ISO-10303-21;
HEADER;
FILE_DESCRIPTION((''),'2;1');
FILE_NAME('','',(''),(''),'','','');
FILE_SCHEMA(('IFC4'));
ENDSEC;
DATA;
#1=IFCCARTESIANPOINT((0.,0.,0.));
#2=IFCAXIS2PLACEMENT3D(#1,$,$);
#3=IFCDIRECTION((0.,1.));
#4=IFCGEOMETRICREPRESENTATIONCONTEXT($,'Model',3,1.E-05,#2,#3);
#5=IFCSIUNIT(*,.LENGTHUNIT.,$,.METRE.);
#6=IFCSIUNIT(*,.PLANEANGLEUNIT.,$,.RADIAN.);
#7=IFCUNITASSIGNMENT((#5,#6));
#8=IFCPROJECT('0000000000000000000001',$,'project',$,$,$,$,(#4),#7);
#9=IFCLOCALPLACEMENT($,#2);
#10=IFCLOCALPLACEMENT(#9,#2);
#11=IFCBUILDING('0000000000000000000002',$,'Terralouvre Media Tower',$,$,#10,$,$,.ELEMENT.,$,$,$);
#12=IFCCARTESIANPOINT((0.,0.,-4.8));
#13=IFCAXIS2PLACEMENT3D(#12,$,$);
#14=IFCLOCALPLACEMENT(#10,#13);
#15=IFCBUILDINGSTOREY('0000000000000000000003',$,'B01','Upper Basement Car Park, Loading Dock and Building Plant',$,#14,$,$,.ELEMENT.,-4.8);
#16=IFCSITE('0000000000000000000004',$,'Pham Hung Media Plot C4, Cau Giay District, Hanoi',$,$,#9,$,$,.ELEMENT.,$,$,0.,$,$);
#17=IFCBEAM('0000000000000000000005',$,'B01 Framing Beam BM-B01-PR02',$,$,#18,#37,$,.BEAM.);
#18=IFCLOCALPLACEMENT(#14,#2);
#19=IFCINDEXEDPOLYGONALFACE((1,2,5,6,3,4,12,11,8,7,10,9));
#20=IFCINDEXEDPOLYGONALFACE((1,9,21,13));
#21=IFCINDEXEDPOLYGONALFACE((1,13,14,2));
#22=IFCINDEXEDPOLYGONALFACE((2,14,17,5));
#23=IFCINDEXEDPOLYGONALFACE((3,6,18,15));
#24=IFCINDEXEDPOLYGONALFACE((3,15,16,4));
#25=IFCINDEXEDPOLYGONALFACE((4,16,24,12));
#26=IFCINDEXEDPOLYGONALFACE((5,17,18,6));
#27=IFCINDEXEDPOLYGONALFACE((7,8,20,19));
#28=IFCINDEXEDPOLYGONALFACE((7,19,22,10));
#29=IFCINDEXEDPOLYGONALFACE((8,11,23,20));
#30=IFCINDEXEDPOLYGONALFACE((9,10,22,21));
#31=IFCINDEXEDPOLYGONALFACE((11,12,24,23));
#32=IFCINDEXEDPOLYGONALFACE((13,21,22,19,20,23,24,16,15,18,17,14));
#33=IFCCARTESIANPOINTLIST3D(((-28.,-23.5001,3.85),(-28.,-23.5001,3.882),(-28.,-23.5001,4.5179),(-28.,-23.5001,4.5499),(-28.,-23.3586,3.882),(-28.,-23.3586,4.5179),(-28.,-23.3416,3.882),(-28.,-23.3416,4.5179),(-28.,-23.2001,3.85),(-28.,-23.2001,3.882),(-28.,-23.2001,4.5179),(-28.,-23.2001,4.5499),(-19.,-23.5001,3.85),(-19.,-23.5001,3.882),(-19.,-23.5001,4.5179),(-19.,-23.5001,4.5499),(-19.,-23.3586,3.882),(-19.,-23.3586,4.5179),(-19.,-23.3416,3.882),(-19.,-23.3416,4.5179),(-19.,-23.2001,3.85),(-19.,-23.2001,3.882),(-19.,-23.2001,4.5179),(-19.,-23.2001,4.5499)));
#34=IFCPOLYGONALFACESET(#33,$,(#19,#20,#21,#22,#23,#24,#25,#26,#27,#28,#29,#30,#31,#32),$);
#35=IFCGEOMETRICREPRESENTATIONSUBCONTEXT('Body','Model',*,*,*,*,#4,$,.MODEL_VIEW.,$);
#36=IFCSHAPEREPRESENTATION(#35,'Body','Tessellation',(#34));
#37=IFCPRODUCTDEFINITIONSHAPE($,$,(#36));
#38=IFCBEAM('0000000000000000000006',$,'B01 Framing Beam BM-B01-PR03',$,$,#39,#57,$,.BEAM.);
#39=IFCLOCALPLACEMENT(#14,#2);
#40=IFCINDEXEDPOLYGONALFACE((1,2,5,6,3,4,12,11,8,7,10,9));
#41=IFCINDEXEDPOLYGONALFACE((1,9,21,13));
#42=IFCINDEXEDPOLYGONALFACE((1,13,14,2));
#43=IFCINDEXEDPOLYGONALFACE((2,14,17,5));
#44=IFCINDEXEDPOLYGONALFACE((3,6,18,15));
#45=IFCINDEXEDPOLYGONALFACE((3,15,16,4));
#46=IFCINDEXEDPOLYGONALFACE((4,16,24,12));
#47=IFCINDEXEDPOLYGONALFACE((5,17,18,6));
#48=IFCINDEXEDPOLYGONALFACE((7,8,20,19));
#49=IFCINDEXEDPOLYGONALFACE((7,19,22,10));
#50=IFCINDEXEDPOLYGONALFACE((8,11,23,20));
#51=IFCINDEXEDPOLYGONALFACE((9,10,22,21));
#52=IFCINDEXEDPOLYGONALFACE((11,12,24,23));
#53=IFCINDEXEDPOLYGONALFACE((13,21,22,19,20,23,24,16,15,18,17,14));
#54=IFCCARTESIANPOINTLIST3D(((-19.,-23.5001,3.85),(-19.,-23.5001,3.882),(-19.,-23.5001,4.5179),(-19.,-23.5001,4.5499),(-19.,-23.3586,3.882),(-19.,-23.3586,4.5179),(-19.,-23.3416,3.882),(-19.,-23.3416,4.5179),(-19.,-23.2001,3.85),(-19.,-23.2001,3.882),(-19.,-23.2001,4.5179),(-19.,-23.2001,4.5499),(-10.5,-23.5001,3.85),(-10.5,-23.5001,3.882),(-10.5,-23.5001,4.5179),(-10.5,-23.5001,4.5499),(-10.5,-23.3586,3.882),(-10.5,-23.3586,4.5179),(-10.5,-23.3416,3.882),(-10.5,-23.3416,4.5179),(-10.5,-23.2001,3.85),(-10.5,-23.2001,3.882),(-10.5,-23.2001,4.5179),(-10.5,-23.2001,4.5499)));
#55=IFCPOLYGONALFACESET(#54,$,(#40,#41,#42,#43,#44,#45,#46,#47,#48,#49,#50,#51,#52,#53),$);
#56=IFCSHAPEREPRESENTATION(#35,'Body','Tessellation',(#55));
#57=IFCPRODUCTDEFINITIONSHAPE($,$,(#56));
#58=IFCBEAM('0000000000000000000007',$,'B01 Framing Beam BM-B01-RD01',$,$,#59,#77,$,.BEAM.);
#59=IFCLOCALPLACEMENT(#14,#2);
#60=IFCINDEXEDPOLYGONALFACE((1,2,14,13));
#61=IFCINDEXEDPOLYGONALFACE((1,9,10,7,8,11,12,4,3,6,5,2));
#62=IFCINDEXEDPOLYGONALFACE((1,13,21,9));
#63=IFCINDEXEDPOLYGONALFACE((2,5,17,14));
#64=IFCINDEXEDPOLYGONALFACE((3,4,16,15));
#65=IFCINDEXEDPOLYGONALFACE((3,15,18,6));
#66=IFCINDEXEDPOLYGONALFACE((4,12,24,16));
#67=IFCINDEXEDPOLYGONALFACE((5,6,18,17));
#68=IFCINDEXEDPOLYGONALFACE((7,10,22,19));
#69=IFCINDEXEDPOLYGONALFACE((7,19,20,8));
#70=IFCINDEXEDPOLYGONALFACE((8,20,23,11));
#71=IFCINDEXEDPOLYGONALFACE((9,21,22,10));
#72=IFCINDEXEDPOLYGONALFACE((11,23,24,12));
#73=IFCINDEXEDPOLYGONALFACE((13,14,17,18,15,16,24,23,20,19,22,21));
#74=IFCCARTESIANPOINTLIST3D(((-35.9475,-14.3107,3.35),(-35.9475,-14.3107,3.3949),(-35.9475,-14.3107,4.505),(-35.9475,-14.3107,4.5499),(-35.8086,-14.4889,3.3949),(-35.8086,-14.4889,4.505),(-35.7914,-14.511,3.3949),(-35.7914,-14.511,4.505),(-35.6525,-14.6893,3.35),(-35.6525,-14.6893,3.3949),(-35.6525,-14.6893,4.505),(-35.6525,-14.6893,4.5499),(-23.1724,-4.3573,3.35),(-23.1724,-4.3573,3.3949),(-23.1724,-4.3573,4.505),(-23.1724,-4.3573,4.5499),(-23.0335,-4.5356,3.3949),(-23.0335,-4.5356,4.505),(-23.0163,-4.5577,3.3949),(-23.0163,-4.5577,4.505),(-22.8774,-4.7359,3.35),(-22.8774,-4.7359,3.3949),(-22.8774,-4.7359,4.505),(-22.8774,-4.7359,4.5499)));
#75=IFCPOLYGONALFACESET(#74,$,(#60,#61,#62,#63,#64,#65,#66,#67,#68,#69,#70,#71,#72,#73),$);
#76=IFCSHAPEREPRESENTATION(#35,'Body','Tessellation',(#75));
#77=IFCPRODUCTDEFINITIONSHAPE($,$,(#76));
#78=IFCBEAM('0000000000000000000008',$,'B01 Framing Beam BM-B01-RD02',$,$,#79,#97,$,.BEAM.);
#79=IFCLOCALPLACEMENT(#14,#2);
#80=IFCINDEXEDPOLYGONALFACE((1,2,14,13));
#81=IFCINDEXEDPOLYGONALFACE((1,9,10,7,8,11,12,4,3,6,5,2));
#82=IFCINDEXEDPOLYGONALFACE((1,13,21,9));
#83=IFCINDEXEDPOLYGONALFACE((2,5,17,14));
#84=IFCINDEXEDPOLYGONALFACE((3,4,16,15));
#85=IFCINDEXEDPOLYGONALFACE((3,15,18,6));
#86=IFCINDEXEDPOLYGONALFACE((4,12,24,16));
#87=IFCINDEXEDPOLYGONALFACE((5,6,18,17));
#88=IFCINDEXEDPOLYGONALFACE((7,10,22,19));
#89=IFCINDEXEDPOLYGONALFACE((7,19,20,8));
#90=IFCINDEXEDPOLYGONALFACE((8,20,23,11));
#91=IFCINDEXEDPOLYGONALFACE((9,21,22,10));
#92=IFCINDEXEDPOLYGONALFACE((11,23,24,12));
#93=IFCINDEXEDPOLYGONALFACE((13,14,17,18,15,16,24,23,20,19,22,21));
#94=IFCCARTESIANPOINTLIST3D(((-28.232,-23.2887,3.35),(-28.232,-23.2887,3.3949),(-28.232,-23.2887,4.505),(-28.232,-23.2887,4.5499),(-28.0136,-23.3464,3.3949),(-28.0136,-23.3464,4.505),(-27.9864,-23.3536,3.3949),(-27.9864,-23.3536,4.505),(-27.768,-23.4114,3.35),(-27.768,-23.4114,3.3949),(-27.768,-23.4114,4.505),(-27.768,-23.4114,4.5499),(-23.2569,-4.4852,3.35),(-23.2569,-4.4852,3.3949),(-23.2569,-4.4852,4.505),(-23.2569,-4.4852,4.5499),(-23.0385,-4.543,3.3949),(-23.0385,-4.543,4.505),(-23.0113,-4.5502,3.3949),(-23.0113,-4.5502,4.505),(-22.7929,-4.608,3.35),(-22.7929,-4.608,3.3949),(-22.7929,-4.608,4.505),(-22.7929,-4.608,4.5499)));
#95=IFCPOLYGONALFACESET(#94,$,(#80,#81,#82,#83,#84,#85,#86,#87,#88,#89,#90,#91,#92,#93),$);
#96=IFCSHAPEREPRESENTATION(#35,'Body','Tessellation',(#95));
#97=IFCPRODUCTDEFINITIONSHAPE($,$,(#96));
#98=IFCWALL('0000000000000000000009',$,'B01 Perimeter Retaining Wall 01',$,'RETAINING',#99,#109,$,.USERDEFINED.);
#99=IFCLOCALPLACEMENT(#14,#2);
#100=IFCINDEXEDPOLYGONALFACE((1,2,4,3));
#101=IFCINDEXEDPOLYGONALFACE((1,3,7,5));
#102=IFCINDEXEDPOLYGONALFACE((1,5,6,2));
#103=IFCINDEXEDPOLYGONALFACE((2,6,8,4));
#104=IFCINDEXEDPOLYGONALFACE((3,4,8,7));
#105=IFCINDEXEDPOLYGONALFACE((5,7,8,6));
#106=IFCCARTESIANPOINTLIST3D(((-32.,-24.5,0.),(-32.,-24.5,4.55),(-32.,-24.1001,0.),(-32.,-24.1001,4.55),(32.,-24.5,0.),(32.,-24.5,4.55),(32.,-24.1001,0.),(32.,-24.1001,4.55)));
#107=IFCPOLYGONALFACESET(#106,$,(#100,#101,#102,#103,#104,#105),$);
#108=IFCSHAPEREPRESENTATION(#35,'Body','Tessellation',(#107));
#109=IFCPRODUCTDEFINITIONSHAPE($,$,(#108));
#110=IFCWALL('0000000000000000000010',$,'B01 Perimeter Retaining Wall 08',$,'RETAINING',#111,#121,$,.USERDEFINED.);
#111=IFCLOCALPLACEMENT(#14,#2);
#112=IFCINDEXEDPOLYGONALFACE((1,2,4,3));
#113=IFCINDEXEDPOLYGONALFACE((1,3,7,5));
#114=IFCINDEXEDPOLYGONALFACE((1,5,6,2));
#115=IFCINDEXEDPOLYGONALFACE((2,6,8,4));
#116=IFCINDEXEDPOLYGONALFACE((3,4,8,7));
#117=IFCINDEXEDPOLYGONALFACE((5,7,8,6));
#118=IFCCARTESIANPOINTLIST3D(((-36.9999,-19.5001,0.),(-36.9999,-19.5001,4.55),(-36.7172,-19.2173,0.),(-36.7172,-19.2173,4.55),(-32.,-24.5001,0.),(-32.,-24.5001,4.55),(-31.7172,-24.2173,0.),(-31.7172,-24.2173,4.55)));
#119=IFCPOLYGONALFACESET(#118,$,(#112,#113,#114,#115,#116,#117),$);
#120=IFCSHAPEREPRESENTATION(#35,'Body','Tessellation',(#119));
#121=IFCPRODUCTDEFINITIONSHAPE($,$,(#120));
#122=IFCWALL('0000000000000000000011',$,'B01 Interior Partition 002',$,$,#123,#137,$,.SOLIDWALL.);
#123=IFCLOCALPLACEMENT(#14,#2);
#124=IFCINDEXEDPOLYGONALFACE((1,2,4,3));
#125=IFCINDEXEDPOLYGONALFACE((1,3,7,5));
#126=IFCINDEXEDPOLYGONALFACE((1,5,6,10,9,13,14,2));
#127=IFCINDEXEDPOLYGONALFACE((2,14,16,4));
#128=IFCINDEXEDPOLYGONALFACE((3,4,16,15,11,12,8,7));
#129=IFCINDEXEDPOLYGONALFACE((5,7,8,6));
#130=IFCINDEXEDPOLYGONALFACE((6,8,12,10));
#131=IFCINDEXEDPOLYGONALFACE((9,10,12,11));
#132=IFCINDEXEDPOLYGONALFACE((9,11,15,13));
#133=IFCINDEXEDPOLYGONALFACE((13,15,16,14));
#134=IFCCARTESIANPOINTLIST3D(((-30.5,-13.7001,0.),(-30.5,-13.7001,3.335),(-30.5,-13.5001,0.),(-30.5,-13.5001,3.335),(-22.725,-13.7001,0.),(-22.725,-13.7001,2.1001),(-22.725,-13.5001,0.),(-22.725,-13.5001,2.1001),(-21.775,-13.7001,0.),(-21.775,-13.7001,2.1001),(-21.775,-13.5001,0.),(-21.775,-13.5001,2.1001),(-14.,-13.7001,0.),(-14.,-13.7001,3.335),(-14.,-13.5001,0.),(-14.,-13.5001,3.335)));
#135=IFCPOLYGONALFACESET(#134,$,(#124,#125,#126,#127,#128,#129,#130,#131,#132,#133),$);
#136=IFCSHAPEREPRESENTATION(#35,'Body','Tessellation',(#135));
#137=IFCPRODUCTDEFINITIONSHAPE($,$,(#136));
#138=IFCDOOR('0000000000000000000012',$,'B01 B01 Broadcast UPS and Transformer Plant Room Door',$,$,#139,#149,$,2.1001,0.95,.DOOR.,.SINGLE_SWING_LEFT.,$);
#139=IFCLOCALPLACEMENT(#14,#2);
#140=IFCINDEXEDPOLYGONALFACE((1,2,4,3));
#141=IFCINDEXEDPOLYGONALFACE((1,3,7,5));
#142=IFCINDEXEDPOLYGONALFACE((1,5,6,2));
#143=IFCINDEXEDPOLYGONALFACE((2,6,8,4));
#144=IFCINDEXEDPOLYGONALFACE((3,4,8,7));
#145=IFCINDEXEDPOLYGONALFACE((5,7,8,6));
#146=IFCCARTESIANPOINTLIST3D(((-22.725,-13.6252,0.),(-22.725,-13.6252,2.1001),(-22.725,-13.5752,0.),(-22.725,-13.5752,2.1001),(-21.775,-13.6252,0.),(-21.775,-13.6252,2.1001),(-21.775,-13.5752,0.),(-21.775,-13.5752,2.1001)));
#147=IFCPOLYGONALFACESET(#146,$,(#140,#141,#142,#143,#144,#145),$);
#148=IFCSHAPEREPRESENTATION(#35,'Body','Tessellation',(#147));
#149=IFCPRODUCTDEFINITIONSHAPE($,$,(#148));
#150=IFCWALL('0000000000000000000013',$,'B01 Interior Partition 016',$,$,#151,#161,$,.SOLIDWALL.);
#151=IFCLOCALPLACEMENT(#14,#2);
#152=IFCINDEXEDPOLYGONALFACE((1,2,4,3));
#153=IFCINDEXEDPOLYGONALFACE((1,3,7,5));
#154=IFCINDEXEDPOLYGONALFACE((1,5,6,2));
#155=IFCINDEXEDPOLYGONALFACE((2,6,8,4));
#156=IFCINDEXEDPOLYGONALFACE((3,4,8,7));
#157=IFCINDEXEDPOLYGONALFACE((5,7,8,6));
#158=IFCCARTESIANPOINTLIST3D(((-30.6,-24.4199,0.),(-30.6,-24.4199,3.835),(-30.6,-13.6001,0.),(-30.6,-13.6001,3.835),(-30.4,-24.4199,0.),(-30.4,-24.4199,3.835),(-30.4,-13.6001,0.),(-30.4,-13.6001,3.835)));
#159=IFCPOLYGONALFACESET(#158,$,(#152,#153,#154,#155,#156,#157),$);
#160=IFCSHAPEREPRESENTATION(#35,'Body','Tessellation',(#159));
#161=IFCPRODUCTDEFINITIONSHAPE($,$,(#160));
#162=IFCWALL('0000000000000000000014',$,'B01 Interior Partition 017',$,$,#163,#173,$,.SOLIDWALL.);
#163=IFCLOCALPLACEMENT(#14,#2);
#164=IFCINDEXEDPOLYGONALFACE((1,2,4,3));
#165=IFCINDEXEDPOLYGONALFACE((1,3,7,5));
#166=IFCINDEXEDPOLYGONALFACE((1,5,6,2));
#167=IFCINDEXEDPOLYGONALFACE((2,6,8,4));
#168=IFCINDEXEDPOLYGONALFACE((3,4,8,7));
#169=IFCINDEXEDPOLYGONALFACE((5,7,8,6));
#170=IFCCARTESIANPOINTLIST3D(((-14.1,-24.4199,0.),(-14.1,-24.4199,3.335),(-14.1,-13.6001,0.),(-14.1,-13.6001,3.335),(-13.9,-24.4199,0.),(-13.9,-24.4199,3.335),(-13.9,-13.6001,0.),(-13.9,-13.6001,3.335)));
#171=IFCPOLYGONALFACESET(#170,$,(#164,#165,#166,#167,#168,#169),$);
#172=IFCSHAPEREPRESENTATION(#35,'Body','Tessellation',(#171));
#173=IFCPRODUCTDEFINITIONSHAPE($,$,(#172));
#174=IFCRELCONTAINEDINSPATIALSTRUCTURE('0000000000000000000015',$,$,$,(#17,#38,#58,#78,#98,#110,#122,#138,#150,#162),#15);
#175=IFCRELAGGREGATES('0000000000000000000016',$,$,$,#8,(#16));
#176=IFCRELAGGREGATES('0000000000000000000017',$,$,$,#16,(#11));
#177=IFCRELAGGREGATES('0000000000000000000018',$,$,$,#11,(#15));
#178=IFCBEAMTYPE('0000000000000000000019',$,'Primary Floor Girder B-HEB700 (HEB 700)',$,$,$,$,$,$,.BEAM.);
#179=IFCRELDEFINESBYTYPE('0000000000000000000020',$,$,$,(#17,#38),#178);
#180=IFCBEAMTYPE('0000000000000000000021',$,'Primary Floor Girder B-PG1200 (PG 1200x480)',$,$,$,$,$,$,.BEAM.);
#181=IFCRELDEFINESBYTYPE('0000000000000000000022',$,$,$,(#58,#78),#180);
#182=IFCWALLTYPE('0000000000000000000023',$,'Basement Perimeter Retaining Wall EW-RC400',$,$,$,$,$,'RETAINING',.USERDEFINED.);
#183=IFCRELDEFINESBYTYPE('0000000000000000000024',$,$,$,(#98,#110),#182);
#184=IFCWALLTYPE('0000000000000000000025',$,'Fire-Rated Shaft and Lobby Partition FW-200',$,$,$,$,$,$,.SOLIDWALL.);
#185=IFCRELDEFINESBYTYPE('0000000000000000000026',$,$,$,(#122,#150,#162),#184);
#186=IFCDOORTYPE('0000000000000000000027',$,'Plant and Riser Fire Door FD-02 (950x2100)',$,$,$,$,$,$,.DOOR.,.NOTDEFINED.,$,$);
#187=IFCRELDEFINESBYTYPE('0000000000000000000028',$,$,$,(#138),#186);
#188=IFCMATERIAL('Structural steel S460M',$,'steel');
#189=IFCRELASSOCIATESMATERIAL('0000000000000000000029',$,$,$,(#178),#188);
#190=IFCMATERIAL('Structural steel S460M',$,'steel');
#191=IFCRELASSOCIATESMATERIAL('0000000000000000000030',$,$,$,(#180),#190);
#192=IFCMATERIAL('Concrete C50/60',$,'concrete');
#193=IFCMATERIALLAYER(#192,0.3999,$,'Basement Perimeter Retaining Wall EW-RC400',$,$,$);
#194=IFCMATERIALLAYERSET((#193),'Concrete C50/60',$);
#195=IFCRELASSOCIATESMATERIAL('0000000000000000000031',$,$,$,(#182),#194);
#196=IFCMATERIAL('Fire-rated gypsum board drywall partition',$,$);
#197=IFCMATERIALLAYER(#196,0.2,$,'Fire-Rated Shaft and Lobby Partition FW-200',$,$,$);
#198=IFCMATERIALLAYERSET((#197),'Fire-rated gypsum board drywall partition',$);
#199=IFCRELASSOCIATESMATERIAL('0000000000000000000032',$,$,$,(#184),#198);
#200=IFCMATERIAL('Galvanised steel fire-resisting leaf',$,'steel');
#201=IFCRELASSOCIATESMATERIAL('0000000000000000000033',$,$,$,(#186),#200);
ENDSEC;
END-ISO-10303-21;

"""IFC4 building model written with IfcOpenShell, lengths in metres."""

from ifc_helpers import new_model, si_unit, direction, frame, frame_2d, origin, origin_2d, place, context, subcontext, project, spatial, rectangle, i_section, extrude, material, layer, layer_set, material_profile, profile_set, type_object, element, fill, save


model = new_model("IFC4")

# Units and contexts
model_context = context("Model", 3, precision=1e-05, world=origin(), true_north=direction((0.0, 1.0)))
body_context = subcontext(model_context, "Body", "Model", "MODEL_VIEW")
ifc_project = project(units=[si_unit("LENGTHUNIT", "METRE"), si_unit("PLANEANGLEUNIT", "RADIAN")], contexts=[model_context])

# Site, building, storey
site_placement = place(None, origin())
site = spatial("IfcSite", under=ifc_project, at=site_placement, Name="Pham Hung Media Plot C4, Cau Giay District, Hanoi", CompositionType="ELEMENT", RefElevation=0.0)
building_placement = place(site_placement, origin())
building = spatial("IfcBuilding", under=site, at=building_placement, Name="Terralouvre Media Tower", CompositionType="ELEMENT")
storey_placement = place(building_placement, frame((0.0, 0.0, -4.8)))
storey = spatial("IfcBuildingStorey", under=building, at=storey_placement, Name="B01", Description="Upper Basement Car Park, Loading Dock and Building Plant", CompositionType="ELEMENT", Elevation=-4.8)

# Beams
ifc_material_1 = material(Name="Structural steel S460M", Category="steel")
ifc_material_profile_1 = material_profile(ifc_material_1, i_section(OverallWidth=0.3, OverallDepth=0.7, WebThickness=0.0171, FlangeThickness=0.032, at=origin_2d()), Name="HEB 700")
ifc_profile_set_1 = profile_set([ifc_material_profile_1], Name="Structural steel S460M")
beam_type_1 = type_object("IfcBeamType", Name="Primary Floor Girder B-HEB700 (HEB 700)", PredefinedType="BEAM", material=ifc_profile_set_1)
beam_1_placement = place(storey_placement, frame((-28.0, -23.3501, 4.2), z_axis=(1.0, 0.0, 0.0), x_axis=(0.0, 1.0, 0.0)))
element("IfcBeam", 1, at=beam_1_placement, inside=storey, type_object=beam_type_1, Name="B01 Framing Beam BM-B01-PR02", PredefinedType="BEAM", context=body_context, shape_type="SweptSolid", body=[
    extrude(i_section(OverallWidth=0.3, OverallDepth=0.7, WebThickness=0.0171, FlangeThickness=0.032, at=origin_2d()), origin(), (0.0, 0.0, 1.0), 9.0),
])
beam_2_placement = place(storey_placement, frame((-19.0, -23.3501, 4.2), z_axis=(1.0, 0.0, 0.0), x_axis=(0.0, 1.0, 0.0)))
element("IfcBeam", 2, at=beam_2_placement, inside=storey, type_object=beam_type_1, Name="B01 Framing Beam BM-B01-PR03", PredefinedType="BEAM", context=body_context, shape_type="SweptSolid", body=[
    extrude(i_section(OverallWidth=0.3, OverallDepth=0.7, WebThickness=0.0171, FlangeThickness=0.032, at=origin_2d()), origin(), (0.0, 0.0, 1.0), 8.5),
])
ifc_material_2 = material(Name="Structural steel S460M", Category="steel")
ifc_material_profile_2 = material_profile(ifc_material_2, i_section(OverallWidth=0.48, OverallDepth=1.2, WebThickness=0.0281, FlangeThickness=0.0449, at=origin_2d()), Name="PG 1200x480")
ifc_profile_set_2 = profile_set([ifc_material_profile_2], Name="Structural steel S460M")
beam_type_2 = type_object("IfcBeamType", Name="Primary Floor Girder B-PG1200 (PG 1200x480)", PredefinedType="BEAM", material=ifc_profile_set_2)
beam_3_placement = place(storey_placement, frame((-23.0249, -4.5466, 3.95), z_axis=(-0.788839, -0.6146, 0.0), x_axis=(0.6146, -0.788839, 0.0)))
element("IfcBeam", 3, at=beam_3_placement, inside=storey, type_object=beam_type_2, Name="B01 Framing Beam BM-B01-RD01", PredefinedType="BEAM", context=body_context, shape_type="SweptSolid", body=[
    extrude(i_section(OverallWidth=0.48, OverallDepth=1.2, WebThickness=0.0281, FlangeThickness=0.0449, at=origin_2d()), origin(), (0.0, 0.0, 1.0), 16.1948),
])
beam_4_placement = place(storey_placement, frame((-23.0249, -4.5466, 3.95), z_axis=(-0.255783, -0.966734, 0.0), x_axis=(0.966734, -0.255783, 0.0)))
element("IfcBeam", 4, at=beam_4_placement, inside=storey, type_object=beam_type_2, Name="B01 Framing Beam BM-B01-RD02", PredefinedType="BEAM", context=body_context, shape_type="SweptSolid", body=[
    extrude(i_section(OverallWidth=0.48, OverallDepth=1.2, WebThickness=0.0281, FlangeThickness=0.0449, at=origin_2d()), origin(), (0.0, 0.0, 1.0), 19.4504),
])

# Walls
ifc_material_3 = material(Name="Concrete C50/60", Category="concrete")
ifc_layer_1 = layer(ifc_material_3, 0.3999, Name="Basement Perimeter Retaining Wall EW-RC400")
ifc_layer_set_1 = layer_set([ifc_layer_1], Name="Concrete C50/60")
wall_type_1 = type_object("IfcWallType", Name="Basement Perimeter Retaining Wall EW-RC400", ElementType="RETAINING", PredefinedType="USERDEFINED", material=ifc_layer_set_1)
wall_1_placement = place(storey_placement, frame((-32.0, -24.3, 0.0), z_axis=(0.0, 0.0, 1.0), x_axis=(1.0, 0.0, 0.0)))
element("IfcWall", 5, at=wall_1_placement, inside=storey, type_object=wall_type_1, Name="B01 Perimeter Retaining Wall 01", ObjectType="RETAINING", PredefinedType="USERDEFINED", context=body_context, shape_type="SweptSolid", body=[
    extrude(rectangle(XDim=64.0, YDim=0.3999, at=frame_2d((32.0, 0.0))), origin(), (0.0, 0.0, 1.0), 4.55),
])
wall_2_placement = place(storey_placement, frame((-36.8586, -19.3586, 0.0), z_axis=(0.0, 0.0, 1.0), x_axis=(0.707107, -0.707107, 0.0)))
element("IfcWall", 6, at=wall_2_placement, inside=storey, type_object=wall_type_1, Name="B01 Perimeter Retaining Wall 08", ObjectType="RETAINING", PredefinedType="USERDEFINED", context=body_context, shape_type="SweptSolid", body=[
    extrude(rectangle(XDim=7.071, YDim=0.3999, at=frame_2d((3.5356, 0.0))), origin(), (0.0, 0.0, 1.0), 4.55),
])

# Wall, opening, door
ifc_material_4 = material(Name="Fire-rated gypsum board drywall partition")
ifc_layer_2 = layer(ifc_material_4, 0.2, Name="Fire-Rated Shaft and Lobby Partition FW-200")
ifc_layer_set_2 = layer_set([ifc_layer_2], Name="Fire-rated gypsum board drywall partition")
wall_type_2 = type_object("IfcWallType", Name="Fire-Rated Shaft and Lobby Partition FW-200", PredefinedType="SOLIDWALL", material=ifc_layer_set_2)
wall_3_placement = place(storey_placement, frame((-30.5, -13.6001, 0.0), z_axis=(0.0, 0.0, 1.0), x_axis=(1.0, 0.0, 0.0)))
wall_3 = element("IfcWall", 7, at=wall_3_placement, inside=storey, type_object=wall_type_2, Name="B01 Interior Partition 002", PredefinedType="SOLIDWALL", context=body_context, shape_type="SweptSolid", body=[
    extrude(rectangle(XDim=16.5, YDim=0.2, at=frame_2d((8.25, 0.0))), origin(), (0.0, 0.0, 1.0), 3.335),
])
opening_1_placement = place(wall_3_placement, frame((7.7749, 0.0, 0.0)))
opening_1 = element("IfcOpeningElement", 8, at=opening_1_placement, cuts=wall_3, PredefinedType="OPENING", context=body_context, shape_type="SweptSolid", body=[
    extrude(rectangle(XDim=0.95, YDim=2.1001, at=frame_2d((0.4751, 1.05))), frame((0.0, 0.1099, 0.0), z_axis=(0.0, -1.0, 0.0), x_axis=(1.0, 0.0, 0.0)), (0.0, 0.0, 1.0), 0.22),
])
ifc_material_5 = material(Name="Galvanised steel fire-resisting leaf", Category="steel")
door_type_1 = type_object("IfcDoorType", Name="Plant and Riser Fire Door FD-02 (950x2100)", OperationType="NOTDEFINED", PredefinedType="DOOR", material=ifc_material_5)
door_1_placement = place(opening_1_placement, origin())
door_1 = element("IfcDoor", 9, at=door_1_placement, inside=storey, type_object=door_type_1, Name="B01 B01 Broadcast UPS and Transformer Plant Room Door", OperationType="SINGLE_SWING_LEFT", OverallHeight=2.1001, OverallWidth=0.95, PredefinedType="DOOR", context=body_context, shape_type="SweptSolid", body=[
    extrude(rectangle(XDim=0.95, YDim=2.1001, at=frame_2d((0.4751, 1.05))), frame((0.0, 0.0249, 0.0), z_axis=(0.0, -1.0, 0.0), x_axis=(1.0, 0.0, 0.0)), (0.0, 0.0, 1.0), 0.05),
])
fill(opening_1, door_1)

# Walls
wall_4_placement = place(storey_placement, frame((-30.5, -24.4199, 0.0), z_axis=(0.0, 0.0, 1.0), x_axis=(0.0, 1.0, 0.0)))
element("IfcWall", 10, at=wall_4_placement, inside=storey, type_object=wall_type_2, Name="B01 Interior Partition 016", PredefinedType="SOLIDWALL", context=body_context, shape_type="SweptSolid", body=[
    extrude(rectangle(XDim=10.8198, YDim=0.2, at=frame_2d((5.4099, 0.0))), origin(), (0.0, 0.0, 1.0), 3.835),
])
wall_5_placement = place(storey_placement, frame((-14.0, -24.4199, 0.0), z_axis=(0.0, 0.0, 1.0), x_axis=(0.0, 1.0, 0.0)))
element("IfcWall", 11, at=wall_5_placement, inside=storey, type_object=wall_type_2, Name="B01 Interior Partition 017", PredefinedType="SOLIDWALL", context=body_context, shape_type="SweptSolid", body=[
    extrude(rectangle(XDim=10.8198, YDim=0.2, at=frame_2d((5.4099, 0.0))), origin(), (0.0, 0.0, 1.0), 3.335),
])

save(model, "model.ifc")
